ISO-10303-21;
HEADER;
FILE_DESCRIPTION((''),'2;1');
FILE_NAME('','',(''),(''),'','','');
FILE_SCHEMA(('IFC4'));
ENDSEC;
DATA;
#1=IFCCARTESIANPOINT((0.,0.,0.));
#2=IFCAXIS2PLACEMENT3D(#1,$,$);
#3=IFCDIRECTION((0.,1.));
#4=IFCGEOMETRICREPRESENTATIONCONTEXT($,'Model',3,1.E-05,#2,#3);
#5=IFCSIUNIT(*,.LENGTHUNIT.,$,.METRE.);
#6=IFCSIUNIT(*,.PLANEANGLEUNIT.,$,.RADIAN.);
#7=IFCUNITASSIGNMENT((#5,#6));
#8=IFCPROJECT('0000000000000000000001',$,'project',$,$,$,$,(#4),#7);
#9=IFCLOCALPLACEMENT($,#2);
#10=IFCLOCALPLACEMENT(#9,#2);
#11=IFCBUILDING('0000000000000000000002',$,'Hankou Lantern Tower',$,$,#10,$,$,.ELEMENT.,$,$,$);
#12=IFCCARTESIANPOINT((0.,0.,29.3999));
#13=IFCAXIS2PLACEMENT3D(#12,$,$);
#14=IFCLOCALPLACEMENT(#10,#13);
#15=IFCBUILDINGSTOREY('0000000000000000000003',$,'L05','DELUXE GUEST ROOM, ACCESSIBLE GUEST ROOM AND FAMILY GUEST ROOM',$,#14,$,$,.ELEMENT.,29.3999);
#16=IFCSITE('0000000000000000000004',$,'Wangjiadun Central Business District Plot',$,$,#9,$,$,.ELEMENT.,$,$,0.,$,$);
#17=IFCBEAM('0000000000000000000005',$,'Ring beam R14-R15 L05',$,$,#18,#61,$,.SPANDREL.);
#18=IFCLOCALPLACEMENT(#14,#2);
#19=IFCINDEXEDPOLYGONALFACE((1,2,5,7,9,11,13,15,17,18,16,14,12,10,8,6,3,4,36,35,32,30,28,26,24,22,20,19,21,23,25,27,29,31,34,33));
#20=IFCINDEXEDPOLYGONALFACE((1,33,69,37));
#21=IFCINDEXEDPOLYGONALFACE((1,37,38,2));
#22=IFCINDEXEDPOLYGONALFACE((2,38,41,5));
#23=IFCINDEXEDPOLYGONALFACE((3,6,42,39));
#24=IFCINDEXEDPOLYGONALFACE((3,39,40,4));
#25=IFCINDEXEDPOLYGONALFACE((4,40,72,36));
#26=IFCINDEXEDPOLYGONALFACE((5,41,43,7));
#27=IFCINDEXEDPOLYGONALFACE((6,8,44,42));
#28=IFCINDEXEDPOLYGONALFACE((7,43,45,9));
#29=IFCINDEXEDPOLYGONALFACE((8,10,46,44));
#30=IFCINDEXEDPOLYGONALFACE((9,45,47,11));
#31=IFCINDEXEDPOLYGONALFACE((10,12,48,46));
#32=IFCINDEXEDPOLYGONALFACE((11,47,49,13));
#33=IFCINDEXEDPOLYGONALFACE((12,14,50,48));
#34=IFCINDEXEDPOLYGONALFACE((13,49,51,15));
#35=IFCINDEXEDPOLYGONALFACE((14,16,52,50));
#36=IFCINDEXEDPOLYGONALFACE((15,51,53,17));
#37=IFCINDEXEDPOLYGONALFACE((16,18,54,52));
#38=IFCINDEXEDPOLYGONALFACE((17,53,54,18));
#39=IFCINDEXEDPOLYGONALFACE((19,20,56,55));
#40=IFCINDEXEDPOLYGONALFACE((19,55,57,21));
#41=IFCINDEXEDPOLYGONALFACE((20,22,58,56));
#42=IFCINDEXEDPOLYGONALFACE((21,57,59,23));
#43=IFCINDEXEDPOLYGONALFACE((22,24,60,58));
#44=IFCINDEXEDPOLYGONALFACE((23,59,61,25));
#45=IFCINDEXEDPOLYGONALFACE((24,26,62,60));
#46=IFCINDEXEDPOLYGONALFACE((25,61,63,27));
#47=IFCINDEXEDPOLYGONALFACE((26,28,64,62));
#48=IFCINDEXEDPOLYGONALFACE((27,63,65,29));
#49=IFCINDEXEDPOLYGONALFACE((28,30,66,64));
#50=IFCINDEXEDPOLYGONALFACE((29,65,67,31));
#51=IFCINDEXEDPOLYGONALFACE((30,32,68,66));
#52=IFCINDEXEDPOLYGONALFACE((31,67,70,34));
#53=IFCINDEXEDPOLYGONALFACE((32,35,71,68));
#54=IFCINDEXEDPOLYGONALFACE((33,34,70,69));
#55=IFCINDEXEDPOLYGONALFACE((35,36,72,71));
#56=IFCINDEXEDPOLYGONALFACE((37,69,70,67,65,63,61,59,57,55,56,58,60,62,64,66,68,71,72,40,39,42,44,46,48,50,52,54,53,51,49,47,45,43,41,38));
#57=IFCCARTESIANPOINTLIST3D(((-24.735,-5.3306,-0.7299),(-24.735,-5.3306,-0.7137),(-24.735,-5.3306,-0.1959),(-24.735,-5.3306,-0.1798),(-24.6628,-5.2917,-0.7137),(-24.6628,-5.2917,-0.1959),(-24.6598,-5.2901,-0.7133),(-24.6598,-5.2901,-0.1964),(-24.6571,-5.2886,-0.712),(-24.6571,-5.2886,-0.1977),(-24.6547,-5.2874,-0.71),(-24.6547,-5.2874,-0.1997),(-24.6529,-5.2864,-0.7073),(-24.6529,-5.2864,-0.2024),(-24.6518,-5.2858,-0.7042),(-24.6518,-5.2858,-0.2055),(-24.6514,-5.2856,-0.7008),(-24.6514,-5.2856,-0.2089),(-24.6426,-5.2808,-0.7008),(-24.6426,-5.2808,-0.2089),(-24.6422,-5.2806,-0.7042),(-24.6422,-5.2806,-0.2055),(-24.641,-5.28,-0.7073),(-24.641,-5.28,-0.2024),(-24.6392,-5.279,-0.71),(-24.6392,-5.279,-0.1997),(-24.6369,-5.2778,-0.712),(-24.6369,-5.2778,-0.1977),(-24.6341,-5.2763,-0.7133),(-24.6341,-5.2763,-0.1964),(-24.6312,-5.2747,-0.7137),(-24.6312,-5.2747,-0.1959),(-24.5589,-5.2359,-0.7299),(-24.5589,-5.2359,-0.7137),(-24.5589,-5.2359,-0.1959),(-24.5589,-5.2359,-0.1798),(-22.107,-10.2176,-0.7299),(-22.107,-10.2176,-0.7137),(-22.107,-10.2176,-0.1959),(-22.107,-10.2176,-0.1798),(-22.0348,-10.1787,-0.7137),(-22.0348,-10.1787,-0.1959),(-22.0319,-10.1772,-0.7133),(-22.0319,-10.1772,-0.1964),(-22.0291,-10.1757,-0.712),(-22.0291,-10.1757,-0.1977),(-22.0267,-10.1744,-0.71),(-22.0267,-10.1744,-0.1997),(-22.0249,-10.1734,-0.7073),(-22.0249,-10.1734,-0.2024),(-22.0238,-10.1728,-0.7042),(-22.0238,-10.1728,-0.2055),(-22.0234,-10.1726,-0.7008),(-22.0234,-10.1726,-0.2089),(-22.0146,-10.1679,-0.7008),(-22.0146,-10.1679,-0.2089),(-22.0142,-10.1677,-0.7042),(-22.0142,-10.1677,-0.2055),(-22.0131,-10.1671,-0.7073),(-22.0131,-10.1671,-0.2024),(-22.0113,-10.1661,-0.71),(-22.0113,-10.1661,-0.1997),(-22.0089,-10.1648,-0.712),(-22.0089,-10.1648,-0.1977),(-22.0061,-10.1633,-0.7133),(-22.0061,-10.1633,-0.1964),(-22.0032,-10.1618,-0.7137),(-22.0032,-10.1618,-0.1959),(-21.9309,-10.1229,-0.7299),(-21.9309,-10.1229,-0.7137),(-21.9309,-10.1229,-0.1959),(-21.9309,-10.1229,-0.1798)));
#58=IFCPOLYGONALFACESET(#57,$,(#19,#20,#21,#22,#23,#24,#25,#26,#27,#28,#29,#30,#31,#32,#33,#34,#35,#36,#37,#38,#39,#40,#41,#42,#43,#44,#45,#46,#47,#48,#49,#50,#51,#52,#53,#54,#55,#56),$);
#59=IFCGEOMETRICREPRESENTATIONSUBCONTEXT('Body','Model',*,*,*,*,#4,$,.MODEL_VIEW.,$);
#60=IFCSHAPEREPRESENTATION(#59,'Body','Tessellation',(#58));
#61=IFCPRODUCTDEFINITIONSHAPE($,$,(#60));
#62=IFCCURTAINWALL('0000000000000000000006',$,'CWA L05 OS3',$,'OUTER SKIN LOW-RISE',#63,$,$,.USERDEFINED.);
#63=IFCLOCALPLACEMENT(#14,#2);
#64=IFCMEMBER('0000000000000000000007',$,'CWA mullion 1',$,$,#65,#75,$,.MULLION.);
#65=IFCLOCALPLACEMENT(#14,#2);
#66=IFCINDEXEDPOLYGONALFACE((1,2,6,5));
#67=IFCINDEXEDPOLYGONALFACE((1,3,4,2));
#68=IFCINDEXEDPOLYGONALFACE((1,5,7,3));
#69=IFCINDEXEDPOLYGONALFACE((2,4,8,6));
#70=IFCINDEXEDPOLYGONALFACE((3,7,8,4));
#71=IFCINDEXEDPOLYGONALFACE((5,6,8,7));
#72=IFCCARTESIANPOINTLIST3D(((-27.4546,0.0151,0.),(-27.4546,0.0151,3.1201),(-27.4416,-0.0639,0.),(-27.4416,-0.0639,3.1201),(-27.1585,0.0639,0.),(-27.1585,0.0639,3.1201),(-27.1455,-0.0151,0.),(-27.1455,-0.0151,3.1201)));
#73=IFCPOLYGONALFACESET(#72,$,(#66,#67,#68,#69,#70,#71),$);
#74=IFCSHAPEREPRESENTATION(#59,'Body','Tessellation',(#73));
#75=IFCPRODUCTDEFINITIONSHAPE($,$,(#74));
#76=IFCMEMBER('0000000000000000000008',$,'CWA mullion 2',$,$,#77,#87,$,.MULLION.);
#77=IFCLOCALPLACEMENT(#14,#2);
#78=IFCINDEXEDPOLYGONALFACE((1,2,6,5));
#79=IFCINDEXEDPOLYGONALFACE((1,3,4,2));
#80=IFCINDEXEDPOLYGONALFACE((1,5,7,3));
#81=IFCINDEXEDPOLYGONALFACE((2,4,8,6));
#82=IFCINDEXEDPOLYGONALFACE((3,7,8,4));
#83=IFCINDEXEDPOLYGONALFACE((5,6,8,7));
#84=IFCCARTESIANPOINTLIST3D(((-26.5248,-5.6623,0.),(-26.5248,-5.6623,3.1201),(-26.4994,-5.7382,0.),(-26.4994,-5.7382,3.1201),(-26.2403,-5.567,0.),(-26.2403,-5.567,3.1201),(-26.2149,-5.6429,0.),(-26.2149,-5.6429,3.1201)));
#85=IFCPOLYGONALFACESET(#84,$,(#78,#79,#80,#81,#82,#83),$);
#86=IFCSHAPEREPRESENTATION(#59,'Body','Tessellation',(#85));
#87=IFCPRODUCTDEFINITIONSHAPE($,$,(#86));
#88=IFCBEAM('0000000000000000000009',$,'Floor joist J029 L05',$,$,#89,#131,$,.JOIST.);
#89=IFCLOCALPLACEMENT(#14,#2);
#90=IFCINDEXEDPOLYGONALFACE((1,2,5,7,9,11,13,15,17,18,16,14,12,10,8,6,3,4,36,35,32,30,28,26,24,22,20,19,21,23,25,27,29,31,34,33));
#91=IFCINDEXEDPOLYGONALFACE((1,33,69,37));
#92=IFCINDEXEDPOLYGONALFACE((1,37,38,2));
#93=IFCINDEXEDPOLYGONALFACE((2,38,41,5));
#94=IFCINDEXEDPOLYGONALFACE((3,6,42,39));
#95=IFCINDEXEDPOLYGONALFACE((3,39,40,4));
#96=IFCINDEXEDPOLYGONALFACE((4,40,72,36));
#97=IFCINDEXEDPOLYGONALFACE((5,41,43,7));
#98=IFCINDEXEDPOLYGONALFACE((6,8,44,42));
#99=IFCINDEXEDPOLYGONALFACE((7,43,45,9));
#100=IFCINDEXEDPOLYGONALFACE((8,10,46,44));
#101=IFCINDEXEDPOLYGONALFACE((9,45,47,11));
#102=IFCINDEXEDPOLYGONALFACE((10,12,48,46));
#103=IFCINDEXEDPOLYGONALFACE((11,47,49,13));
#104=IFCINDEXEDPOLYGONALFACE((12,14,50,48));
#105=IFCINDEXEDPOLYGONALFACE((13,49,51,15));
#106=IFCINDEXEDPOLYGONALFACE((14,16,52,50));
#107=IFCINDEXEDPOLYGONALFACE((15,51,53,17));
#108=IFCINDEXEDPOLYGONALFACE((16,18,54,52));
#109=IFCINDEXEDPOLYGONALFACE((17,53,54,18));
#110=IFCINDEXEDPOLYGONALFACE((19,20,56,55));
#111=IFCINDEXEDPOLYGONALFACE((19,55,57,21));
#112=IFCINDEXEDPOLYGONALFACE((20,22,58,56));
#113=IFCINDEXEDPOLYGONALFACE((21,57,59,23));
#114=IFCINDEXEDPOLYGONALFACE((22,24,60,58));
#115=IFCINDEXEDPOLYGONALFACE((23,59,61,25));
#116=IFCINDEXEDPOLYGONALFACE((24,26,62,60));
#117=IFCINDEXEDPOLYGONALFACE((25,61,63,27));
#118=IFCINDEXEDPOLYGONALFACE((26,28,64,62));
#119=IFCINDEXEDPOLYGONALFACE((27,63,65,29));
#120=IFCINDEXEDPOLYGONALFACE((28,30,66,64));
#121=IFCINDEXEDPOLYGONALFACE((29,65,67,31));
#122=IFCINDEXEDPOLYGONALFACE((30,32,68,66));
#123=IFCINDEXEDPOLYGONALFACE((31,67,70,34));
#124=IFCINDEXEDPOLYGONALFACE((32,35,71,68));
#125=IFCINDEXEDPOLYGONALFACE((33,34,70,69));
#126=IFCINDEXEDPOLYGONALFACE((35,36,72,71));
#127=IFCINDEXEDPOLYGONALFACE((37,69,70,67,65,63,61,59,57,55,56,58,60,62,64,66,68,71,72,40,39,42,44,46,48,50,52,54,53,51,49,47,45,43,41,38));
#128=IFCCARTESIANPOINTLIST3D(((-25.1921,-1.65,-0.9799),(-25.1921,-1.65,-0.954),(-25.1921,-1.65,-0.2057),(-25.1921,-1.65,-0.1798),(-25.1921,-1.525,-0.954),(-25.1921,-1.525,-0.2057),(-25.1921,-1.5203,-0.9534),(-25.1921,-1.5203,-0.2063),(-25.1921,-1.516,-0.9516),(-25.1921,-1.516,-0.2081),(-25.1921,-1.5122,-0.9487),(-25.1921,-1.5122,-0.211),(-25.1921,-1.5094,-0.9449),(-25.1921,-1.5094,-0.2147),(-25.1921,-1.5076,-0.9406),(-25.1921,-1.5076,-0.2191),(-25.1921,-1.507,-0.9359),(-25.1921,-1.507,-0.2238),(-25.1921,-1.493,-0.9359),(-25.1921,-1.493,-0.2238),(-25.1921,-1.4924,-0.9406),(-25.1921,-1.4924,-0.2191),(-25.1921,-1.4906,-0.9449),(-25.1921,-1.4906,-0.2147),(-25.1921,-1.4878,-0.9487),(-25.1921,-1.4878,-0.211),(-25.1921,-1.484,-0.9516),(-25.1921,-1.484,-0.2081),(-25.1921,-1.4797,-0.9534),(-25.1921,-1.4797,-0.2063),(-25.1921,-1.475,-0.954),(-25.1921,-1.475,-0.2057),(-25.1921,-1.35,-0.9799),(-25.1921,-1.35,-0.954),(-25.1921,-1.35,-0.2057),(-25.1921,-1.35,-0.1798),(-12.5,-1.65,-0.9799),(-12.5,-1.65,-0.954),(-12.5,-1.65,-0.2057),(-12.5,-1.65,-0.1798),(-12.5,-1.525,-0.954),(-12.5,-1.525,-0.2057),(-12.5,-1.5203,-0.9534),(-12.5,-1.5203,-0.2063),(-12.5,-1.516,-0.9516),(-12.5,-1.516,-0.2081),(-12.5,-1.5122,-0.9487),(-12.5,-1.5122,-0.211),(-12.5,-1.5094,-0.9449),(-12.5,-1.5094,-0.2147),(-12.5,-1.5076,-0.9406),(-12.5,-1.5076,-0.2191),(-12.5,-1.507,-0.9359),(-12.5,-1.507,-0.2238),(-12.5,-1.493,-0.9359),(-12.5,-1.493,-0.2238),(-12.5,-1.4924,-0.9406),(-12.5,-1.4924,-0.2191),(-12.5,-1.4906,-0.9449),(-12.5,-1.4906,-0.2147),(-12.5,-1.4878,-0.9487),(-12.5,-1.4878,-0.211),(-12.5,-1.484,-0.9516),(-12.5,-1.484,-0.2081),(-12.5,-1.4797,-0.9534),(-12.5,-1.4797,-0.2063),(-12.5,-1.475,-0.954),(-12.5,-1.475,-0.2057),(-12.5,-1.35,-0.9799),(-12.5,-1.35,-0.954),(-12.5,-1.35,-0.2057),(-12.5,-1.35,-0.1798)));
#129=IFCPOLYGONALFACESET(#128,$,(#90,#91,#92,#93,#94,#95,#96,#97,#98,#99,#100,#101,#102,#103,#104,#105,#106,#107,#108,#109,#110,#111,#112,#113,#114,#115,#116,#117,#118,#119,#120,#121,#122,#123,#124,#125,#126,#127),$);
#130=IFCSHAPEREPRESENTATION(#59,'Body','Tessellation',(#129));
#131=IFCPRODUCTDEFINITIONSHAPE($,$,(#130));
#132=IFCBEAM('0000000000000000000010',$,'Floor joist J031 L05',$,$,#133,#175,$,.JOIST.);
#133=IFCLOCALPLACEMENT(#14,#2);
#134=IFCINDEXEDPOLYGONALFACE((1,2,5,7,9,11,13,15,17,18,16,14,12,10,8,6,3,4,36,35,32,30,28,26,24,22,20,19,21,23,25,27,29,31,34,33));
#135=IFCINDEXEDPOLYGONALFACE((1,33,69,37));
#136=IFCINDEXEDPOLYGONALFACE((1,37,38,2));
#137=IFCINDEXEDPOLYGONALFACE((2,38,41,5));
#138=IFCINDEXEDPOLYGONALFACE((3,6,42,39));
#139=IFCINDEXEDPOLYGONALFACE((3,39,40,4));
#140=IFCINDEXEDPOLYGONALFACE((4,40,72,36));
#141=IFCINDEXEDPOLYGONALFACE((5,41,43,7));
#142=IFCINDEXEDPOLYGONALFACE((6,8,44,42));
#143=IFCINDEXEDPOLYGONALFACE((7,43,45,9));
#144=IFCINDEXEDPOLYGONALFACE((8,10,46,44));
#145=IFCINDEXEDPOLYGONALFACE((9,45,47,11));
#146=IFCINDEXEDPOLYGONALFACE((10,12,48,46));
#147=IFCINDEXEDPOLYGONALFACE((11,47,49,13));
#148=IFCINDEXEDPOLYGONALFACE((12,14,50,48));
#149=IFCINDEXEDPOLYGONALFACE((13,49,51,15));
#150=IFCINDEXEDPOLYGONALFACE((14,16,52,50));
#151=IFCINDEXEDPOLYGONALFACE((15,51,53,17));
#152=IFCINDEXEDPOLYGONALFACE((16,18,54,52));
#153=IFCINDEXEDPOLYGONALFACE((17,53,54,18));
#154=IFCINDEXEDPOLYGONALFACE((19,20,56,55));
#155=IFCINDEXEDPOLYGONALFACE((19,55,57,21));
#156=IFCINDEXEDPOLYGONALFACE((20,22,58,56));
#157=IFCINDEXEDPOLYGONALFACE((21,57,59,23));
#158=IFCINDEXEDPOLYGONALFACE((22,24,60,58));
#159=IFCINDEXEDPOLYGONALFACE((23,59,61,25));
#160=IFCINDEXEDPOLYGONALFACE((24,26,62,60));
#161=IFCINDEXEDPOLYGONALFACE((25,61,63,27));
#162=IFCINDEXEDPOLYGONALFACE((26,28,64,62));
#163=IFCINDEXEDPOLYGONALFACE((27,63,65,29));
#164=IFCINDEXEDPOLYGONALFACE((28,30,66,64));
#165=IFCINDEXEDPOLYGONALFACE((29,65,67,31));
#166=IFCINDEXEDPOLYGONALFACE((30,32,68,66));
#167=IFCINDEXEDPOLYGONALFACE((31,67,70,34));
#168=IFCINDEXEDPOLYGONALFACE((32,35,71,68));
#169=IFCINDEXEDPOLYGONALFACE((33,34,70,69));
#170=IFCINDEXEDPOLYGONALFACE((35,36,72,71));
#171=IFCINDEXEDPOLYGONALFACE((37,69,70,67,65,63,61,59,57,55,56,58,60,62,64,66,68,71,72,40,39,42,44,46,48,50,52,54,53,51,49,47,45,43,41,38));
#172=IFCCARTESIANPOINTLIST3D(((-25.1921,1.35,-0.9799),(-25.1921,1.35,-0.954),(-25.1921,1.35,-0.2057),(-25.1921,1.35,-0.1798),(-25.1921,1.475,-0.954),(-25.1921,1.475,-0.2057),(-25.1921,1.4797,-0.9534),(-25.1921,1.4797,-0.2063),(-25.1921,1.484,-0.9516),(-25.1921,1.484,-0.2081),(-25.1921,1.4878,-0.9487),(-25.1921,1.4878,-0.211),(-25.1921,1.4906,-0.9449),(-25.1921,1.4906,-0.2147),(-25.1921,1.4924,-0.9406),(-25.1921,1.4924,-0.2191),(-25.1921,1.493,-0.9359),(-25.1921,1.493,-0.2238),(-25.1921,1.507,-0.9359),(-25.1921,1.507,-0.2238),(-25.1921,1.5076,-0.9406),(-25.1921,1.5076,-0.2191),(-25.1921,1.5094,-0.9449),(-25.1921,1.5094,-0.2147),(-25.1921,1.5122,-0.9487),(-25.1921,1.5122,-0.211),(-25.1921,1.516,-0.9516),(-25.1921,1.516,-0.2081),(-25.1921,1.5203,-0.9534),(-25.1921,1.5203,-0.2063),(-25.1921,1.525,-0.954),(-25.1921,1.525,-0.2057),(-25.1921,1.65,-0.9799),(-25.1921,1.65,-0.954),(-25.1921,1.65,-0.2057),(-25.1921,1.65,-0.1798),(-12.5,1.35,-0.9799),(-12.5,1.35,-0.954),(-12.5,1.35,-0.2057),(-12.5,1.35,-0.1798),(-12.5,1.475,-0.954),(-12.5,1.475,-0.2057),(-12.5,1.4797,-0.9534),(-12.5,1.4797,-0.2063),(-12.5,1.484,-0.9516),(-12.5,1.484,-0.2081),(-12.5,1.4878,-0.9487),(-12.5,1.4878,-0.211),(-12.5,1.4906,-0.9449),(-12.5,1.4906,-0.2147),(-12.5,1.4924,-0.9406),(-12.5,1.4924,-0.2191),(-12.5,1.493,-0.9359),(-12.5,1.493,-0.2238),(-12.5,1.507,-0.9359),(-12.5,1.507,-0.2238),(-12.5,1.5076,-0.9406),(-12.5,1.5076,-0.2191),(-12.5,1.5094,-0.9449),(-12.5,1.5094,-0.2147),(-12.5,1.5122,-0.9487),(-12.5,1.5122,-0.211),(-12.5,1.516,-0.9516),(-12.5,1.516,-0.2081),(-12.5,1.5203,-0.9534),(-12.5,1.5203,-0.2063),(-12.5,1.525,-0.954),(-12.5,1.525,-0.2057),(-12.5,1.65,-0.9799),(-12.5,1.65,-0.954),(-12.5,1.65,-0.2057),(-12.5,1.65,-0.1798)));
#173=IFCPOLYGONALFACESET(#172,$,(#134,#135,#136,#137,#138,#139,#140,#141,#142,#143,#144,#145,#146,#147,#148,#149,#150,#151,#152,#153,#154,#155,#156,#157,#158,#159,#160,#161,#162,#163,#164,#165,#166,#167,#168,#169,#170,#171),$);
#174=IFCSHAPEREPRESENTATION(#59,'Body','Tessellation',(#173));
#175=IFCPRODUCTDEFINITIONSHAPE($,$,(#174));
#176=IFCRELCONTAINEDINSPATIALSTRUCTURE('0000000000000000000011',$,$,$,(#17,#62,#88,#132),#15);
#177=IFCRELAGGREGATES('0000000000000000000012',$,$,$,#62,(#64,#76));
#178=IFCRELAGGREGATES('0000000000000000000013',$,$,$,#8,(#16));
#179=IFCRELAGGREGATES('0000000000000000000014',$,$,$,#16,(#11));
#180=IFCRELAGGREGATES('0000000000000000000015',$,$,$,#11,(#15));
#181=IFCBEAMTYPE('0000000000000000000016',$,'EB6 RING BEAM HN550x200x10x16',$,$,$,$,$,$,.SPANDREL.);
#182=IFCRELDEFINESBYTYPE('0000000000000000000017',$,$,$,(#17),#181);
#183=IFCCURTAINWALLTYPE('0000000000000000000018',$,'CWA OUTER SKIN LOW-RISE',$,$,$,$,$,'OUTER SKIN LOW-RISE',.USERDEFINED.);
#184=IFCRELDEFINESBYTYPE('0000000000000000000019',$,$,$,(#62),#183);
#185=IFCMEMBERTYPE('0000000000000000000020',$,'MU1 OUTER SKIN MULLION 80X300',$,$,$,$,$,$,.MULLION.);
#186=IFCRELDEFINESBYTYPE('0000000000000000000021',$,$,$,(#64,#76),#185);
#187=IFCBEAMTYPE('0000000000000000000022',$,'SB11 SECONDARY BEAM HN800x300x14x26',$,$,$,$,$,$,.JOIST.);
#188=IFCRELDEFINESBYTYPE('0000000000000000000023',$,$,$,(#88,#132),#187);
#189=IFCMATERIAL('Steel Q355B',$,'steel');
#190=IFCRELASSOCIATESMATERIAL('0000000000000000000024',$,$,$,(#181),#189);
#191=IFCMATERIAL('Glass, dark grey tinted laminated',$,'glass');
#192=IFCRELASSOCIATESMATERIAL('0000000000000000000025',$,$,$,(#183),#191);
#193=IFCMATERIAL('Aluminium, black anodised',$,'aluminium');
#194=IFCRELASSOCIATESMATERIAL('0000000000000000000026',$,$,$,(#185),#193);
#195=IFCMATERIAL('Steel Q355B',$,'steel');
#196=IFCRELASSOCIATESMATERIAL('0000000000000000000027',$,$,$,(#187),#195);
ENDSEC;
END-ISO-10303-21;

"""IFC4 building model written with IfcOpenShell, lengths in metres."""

from ifc_helpers import new_model, si_unit, direction, frame, origin, origin_2d, place, context, subcontext, project, spatial, rectangle, i_section, extrude, material, material_profile, profile_set, type_object, element, aggregate, save


model = new_model("IFC4")

# Units and contexts
model_context = context("Model", 3, precision=1e-05, world=origin(), true_north=direction((0.0, 1.0)))
body_context = subcontext(model_context, "Body", "Model", "MODEL_VIEW")
ifc_project = project(units=[si_unit("LENGTHUNIT", "METRE"), si_unit("PLANEANGLEUNIT", "RADIAN")], contexts=[model_context])

# Site, building, storey
site_placement = place(None, origin())
site = spatial("IfcSite", under=ifc_project, at=site_placement, Name="Wangjiadun Central Business District Plot", CompositionType="ELEMENT", RefElevation=0.0)
building_placement = place(site_placement, origin())
building = spatial("IfcBuilding", under=site, at=building_placement, Name="Hankou Lantern Tower", CompositionType="ELEMENT")
storey_placement = place(building_placement, frame((0.0, 0.0, 29.3999)))
storey = spatial("IfcBuildingStorey", under=building, at=storey_placement, Name="L05", Description="DELUXE GUEST ROOM, ACCESSIBLE GUEST ROOM AND FAMILY GUEST ROOM", CompositionType="ELEMENT", Elevation=29.3999)

# Beam
ifc_material_1 = material(Name="Steel Q355B", Category="steel")
ifc_material_profile_1 = material_profile(ifc_material_1, i_section(OverallWidth=0.2, OverallDepth=0.55, WebThickness=0.01, FlangeThickness=0.0161, FilletRadius=0.0129, at=origin_2d()), Name="HN550x200x10x16")
ifc_profile_set_1 = profile_set([ifc_material_profile_1], Name="Steel Q355B")
beam_type_1 = type_object("IfcBeamType", Name="EB6 RING BEAM HN550x200x10x16", PredefinedType="SPANDREL", material=ifc_profile_set_1)
beam_1_placement = place(storey_placement, frame((-24.647, -5.2832, -0.4548), z_axis=(0.473609, -0.880735, 0.0), x_axis=(0.880735, 0.473609, 0.0)))
element("IfcBeam", 1, at=beam_1_placement, inside=storey, type_object=beam_type_1, Name="Ring beam R14-R15 L05", PredefinedType="SPANDREL", context=body_context, shape_type="SweptSolid", body=[
    extrude(i_section(OverallWidth=0.2, OverallDepth=0.55, WebThickness=0.01, FlangeThickness=0.0161, FilletRadius=0.0129, at=origin_2d()), origin(), (0.0, 0.0, 1.0), 5.5488),
])

# Curtain wall, members
ifc_material_2 = material(Name="Glass, dark grey tinted laminated", Category="glass")
curtain_wall_type = type_object("IfcCurtainWallType", Name="CWA OUTER SKIN LOW-RISE", ElementType="OUTER SKIN LOW-RISE", PredefinedType="USERDEFINED", material=ifc_material_2)
curtain_wall_1_placement = place(storey_placement, origin())
curtain_wall_1 = element("IfcCurtainWall", 2, at=curtain_wall_1_placement, inside=storey, type_object=curtain_wall_type, Name="CWA L05 OS3", ObjectType="OUTER SKIN LOW-RISE", PredefinedType="USERDEFINED")
ifc_material_3 = material(Name="Aluminium, black anodised", Category="aluminium")
ifc_material_profile_2 = material_profile(ifc_material_3, rectangle(XDim=0.0801, YDim=0.3, at=origin_2d()), Name="MU1 80X300")
ifc_profile_set_2 = profile_set([ifc_material_profile_2], Name="Aluminium, black anodised")
member_type_1 = type_object("IfcMemberType", Name="MU1 OUTER SKIN MULLION 80X300", PredefinedType="MULLION", material=ifc_profile_set_2)
member_1_placement = place(storey_placement, frame((-27.3, 0.0, 0.0), z_axis=(0.0, 0.0, 1.0), x_axis=(0.162382, -0.986728, 0.0)))
member_1 = element("IfcMember", 3, at=member_1_placement, type_object=member_type_1, Name="CWA mullion 1", PredefinedType="MULLION", context=body_context, shape_type="SweptSolid", body=[
    extrude(rectangle(XDim=0.0801, YDim=0.3, at=origin_2d()), origin(), (0.0, 0.0, 1.0), 3.1201),
])
member_2_placement = place(storey_placement, frame((-26.3699, -5.6526, 0.0), z_axis=(0.0, 0.0, 1.0), x_axis=(0.317596, -0.948226, 0.0)))
member_2 = element("IfcMember", 4, at=member_2_placement, type_object=member_type_1, Name="CWA mullion 2", PredefinedType="MULLION", context=body_context, shape_type="SweptSolid", body=[
    extrude(rectangle(XDim=0.0801, YDim=0.3, at=origin_2d()), origin(), (0.0, 0.0, 1.0), 3.1201),
])

# Beams
ifc_material_4 = material(Name="Steel Q355B", Category="steel")
ifc_material_profile_3 = material_profile(ifc_material_4, i_section(OverallWidth=0.3, OverallDepth=0.8, WebThickness=0.0139, FlangeThickness=0.0259, FilletRadius=0.0181, at=origin_2d()), Name="HN800x300x14x26")
ifc_profile_set_3 = profile_set([ifc_material_profile_3], Name="Steel Q355B")
beam_type_2 = type_object("IfcBeamType", Name="SB11 SECONDARY BEAM HN800x300x14x26", PredefinedType="JOIST", material=ifc_profile_set_3)
for number, where, z_axis, x_axis, name in (
    (5, (-25.1921, -1.5, -0.5798), (1.0, 0.0, 0.0), (0.0, 1.0, 0.0), "Floor joist J029 L05"),
    (6, (-25.1921, 1.5, -0.5798), (1.0, 0.0, 0.0), (0.0, 1.0, 0.0), "Floor joist J031 L05"),
):
    element("IfcBeam", number, at=place(storey_placement, frame(where, z_axis=z_axis, x_axis=x_axis)), inside=storey, type_object=beam_type_2, Name=name, PredefinedType="JOIST", context=body_context, shape_type="SweptSolid", body=[
        extrude(i_section(OverallWidth=0.3, OverallDepth=0.8, WebThickness=0.0139, FlangeThickness=0.0259, FilletRadius=0.0181, at=origin_2d()), origin(), (0.0, 0.0, 1.0), 12.6921),
    ])

aggregate(curtain_wall_1, [member_1, member_2])

save(model, "model.ifc")
